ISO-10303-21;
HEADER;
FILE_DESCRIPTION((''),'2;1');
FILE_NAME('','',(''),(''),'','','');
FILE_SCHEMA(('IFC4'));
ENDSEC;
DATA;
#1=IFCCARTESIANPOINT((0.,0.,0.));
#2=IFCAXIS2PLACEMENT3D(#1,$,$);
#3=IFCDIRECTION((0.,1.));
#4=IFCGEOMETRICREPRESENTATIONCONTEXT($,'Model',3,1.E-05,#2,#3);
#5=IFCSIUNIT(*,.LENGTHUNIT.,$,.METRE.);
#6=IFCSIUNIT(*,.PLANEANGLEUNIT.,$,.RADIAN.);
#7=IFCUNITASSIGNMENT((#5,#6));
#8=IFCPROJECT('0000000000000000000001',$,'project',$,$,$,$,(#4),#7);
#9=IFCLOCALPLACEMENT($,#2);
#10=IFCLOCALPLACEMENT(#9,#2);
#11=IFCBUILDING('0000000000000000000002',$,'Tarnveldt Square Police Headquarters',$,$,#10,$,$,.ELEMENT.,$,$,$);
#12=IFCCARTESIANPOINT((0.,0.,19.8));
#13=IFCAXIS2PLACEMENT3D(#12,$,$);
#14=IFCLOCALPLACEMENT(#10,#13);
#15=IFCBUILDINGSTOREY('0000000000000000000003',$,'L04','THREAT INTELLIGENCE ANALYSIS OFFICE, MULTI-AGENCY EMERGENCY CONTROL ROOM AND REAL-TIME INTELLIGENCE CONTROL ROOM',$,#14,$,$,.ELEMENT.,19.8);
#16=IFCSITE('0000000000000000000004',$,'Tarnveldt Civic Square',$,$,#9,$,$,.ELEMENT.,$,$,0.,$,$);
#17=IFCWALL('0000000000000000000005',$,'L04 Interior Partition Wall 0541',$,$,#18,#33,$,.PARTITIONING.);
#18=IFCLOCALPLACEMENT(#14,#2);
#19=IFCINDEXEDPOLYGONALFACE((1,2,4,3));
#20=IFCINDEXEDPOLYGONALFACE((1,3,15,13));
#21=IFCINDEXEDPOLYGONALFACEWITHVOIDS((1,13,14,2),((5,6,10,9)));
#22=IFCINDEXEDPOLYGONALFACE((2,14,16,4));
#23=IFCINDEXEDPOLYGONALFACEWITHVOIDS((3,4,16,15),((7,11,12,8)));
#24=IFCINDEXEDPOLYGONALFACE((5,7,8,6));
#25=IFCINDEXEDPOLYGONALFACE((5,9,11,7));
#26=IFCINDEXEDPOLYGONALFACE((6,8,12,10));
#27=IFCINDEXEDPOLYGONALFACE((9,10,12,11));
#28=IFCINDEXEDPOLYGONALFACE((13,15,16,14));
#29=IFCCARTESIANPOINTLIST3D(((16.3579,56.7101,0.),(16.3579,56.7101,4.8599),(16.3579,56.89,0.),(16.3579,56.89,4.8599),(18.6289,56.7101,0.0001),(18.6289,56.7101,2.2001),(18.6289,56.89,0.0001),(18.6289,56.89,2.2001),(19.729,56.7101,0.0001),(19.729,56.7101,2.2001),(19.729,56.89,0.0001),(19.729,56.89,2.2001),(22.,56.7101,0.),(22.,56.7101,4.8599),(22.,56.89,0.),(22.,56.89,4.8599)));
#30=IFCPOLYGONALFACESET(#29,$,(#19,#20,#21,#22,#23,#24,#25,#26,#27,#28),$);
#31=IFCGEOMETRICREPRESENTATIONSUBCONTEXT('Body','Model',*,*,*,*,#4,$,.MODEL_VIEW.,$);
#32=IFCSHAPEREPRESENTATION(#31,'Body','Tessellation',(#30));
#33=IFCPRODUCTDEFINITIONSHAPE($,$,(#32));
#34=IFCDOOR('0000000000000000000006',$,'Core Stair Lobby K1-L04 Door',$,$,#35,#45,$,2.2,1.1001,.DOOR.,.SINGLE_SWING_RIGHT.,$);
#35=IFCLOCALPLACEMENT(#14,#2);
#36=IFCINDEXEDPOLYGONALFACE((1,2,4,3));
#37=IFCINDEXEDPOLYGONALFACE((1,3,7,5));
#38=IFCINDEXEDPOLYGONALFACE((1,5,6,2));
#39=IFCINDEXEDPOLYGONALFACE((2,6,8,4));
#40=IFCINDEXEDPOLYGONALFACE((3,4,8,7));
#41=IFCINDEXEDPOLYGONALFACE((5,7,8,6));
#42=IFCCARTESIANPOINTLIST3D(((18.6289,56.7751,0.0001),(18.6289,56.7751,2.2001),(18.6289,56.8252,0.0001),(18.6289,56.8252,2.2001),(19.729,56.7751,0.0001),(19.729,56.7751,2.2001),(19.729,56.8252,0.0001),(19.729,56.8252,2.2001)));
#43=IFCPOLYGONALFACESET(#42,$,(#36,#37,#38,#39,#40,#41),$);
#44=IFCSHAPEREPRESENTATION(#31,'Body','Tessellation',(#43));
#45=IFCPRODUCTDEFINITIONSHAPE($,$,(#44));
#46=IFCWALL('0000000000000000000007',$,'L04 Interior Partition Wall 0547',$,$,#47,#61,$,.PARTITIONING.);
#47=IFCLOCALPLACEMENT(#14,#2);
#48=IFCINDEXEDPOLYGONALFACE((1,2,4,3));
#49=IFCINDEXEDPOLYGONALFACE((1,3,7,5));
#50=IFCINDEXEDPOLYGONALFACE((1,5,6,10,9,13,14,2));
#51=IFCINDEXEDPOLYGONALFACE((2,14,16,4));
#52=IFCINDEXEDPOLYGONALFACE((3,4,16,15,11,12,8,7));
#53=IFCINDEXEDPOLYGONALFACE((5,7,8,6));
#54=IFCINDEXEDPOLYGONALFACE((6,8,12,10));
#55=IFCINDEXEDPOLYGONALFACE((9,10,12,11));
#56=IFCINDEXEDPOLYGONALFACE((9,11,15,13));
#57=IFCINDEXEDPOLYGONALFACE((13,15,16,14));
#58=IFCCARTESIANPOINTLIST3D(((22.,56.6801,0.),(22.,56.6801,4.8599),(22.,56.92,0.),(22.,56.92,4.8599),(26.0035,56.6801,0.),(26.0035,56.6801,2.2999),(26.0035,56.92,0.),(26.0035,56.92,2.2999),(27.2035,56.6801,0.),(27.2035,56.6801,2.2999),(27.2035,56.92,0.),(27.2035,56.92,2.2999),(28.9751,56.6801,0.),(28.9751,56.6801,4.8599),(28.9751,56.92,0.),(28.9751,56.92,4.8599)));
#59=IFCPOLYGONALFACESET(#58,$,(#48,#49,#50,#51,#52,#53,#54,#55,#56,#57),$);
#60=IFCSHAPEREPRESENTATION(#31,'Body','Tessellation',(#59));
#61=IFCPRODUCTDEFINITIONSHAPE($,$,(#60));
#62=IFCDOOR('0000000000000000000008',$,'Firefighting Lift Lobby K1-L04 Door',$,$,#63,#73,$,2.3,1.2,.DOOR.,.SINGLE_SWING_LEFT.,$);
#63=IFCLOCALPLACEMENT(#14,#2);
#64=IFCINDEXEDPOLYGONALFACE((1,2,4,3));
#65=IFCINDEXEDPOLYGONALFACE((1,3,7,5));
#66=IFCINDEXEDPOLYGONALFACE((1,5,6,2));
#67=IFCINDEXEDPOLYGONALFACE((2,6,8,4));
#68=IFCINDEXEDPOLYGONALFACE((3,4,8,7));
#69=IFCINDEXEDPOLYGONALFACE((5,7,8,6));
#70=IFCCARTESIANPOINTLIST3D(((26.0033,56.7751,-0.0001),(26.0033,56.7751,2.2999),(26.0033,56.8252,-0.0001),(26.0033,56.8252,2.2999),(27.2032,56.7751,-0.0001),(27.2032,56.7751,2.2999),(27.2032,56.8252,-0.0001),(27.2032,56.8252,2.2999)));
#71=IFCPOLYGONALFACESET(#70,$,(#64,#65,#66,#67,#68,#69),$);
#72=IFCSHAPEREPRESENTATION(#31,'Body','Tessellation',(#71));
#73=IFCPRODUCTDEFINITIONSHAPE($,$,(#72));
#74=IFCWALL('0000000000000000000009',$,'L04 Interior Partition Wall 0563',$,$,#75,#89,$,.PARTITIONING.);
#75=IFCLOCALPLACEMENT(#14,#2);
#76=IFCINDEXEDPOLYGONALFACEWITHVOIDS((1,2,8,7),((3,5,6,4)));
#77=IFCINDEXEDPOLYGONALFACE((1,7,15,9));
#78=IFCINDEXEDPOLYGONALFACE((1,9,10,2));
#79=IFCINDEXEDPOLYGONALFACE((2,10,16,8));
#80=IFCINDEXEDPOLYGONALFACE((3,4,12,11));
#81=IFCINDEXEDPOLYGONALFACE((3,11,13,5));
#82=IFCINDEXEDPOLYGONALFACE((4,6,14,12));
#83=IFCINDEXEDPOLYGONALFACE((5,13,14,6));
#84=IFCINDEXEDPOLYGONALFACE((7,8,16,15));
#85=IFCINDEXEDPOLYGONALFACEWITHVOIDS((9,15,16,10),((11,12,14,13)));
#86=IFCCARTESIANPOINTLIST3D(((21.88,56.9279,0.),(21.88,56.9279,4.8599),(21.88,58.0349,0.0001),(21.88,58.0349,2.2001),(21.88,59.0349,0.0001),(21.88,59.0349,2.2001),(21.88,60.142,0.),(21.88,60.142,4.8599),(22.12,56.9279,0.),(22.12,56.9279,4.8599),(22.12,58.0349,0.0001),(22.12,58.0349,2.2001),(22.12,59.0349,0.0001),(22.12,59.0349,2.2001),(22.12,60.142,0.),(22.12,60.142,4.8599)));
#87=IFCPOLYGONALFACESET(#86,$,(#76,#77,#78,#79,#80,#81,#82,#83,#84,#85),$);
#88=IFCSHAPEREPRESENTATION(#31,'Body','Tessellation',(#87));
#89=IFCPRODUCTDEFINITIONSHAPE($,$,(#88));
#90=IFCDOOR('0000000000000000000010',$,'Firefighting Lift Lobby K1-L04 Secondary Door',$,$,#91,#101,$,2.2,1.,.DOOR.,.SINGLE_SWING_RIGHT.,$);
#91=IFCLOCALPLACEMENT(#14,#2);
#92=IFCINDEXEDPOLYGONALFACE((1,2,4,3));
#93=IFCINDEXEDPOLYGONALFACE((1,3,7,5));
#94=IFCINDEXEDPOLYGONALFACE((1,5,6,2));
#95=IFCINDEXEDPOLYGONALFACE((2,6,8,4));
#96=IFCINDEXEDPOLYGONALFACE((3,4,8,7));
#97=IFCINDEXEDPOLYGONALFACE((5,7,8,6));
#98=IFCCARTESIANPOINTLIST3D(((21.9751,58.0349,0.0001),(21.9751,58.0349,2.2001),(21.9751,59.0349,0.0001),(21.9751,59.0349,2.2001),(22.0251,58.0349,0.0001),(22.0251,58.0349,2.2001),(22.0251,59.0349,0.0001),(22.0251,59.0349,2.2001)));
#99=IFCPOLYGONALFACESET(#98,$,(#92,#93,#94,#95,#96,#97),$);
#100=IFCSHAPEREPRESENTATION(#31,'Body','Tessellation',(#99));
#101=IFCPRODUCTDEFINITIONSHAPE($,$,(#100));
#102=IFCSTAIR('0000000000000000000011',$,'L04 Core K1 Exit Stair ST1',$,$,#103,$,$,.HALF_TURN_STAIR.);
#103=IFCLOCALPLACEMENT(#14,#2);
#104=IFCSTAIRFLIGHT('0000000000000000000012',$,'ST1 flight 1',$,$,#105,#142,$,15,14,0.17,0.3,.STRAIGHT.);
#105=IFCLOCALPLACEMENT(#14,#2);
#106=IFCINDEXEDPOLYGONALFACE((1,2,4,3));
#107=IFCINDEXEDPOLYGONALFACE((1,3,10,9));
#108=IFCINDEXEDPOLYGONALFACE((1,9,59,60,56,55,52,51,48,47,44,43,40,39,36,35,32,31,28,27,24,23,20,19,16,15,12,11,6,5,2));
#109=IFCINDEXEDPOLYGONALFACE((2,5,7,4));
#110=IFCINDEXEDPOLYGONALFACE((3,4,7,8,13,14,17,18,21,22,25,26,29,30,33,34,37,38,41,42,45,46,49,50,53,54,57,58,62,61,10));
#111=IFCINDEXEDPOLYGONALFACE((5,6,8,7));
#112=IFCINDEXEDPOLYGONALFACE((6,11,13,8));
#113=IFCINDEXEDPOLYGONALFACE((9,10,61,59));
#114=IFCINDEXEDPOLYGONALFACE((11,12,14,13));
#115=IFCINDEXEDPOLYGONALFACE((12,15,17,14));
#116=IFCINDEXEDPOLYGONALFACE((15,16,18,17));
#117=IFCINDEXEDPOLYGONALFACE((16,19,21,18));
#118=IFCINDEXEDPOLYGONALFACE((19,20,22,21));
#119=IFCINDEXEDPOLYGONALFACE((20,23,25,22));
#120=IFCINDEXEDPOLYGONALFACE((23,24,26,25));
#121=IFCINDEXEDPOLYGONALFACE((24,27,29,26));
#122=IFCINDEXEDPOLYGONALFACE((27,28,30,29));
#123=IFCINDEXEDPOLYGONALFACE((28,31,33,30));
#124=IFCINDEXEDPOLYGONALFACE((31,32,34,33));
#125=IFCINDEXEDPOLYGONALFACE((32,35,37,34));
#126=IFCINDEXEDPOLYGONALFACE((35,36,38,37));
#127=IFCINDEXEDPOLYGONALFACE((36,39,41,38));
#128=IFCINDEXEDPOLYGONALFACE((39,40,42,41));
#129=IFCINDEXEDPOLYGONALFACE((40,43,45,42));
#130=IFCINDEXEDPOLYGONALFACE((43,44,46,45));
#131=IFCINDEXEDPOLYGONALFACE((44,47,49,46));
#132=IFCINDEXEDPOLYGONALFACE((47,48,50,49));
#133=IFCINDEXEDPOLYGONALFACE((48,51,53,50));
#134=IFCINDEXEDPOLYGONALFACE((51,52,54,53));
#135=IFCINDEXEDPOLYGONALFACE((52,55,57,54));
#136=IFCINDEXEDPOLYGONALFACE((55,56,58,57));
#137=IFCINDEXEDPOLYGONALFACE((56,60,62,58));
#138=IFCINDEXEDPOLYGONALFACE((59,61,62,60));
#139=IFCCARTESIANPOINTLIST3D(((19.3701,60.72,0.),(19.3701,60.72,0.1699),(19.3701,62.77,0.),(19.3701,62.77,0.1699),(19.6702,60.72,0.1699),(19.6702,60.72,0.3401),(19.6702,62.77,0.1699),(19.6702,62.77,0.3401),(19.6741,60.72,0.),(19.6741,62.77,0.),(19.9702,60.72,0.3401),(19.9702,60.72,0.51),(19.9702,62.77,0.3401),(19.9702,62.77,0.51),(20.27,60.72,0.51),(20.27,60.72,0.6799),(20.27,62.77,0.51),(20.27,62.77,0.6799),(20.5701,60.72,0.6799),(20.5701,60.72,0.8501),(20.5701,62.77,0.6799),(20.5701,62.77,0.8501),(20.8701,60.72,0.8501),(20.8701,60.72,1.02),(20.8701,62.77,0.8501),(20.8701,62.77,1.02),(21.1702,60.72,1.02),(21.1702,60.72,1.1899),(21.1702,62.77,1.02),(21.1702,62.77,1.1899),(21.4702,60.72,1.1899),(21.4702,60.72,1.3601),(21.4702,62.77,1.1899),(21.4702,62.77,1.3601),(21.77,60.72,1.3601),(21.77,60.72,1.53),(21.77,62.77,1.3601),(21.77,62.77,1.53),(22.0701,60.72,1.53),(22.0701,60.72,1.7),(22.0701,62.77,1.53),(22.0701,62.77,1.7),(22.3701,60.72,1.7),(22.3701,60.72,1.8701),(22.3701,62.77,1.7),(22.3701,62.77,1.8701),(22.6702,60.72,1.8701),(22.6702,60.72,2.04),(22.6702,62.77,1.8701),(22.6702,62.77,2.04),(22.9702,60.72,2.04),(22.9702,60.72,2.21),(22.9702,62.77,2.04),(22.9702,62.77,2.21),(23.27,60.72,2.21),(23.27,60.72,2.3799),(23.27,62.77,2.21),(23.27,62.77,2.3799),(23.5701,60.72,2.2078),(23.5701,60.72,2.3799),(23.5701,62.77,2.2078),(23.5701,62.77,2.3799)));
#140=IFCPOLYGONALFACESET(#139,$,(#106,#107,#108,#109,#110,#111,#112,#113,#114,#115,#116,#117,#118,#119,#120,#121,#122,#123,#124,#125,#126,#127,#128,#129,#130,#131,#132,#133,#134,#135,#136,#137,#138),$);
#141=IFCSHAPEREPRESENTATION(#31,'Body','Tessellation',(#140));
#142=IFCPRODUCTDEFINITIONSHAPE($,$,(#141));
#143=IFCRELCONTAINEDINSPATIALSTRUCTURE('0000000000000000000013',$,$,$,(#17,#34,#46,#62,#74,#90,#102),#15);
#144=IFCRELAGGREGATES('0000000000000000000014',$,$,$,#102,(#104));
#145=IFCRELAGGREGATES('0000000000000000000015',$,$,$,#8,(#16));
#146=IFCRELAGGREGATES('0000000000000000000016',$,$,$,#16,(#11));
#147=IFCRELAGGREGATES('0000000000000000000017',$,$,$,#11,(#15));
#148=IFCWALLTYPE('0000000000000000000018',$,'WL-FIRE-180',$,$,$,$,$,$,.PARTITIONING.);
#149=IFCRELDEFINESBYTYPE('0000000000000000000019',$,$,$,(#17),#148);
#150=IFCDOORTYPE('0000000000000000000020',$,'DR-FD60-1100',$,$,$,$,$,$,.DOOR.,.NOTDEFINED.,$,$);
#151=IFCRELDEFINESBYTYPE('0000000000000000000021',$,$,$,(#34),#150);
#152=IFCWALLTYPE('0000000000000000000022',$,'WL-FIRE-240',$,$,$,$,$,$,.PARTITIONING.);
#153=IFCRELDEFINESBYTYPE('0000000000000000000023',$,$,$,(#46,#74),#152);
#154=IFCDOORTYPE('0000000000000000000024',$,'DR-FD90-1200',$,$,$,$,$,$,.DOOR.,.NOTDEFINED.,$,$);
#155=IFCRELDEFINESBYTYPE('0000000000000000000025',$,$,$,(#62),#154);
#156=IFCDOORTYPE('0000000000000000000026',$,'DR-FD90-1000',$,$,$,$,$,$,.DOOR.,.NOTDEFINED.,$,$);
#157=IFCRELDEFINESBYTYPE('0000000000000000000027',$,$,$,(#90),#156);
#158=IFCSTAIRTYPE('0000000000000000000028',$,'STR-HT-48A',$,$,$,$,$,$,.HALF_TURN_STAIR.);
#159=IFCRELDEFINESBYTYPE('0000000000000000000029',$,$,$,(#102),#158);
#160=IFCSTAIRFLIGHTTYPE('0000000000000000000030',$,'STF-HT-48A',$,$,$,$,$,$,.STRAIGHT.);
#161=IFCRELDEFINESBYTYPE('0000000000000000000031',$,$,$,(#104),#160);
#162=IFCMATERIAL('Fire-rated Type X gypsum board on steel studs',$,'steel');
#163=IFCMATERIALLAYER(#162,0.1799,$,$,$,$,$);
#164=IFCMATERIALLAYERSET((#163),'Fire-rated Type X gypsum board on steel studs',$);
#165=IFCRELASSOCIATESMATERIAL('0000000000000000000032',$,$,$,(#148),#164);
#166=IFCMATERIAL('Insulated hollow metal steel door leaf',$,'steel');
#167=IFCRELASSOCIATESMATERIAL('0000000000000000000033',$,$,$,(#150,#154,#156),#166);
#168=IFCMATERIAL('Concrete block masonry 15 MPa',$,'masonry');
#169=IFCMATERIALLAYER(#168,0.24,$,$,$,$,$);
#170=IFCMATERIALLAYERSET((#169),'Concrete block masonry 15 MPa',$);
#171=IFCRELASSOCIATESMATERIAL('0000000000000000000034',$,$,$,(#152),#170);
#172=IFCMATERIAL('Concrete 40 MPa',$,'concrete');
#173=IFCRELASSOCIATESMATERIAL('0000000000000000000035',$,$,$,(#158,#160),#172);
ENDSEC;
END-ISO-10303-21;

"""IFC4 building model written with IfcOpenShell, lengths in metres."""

from ifc_helpers import new_model, si_unit, direction, frame, frame_2d, origin, place, context, subcontext, project, spatial, polyline, rectangle, outline, extrude, material, layer, layer_set, type_object, element, fill, aggregate, save


model = new_model("IFC4")

# Units and contexts
model_context = context("Model", 3, precision=1e-05, world=origin(), true_north=direction((0.0, 1.0)))
body_context = subcontext(model_context, "Body", "Model", "MODEL_VIEW")
ifc_project = project(units=[si_unit("LENGTHUNIT", "METRE"), si_unit("PLANEANGLEUNIT", "RADIAN")], contexts=[model_context])

# Site, building, storey
site_placement = place(None, origin())
site = spatial("IfcSite", under=ifc_project, at=site_placement, Name="Tarnveldt Civic Square", CompositionType="ELEMENT", RefElevation=0.0)
building_placement = place(site_placement, origin())
building = spatial("IfcBuilding", under=site, at=building_placement, Name="Tarnveldt Square Police Headquarters", CompositionType="ELEMENT")
storey_placement = place(building_placement, frame((0.0, 0.0, 19.8)))
storey = spatial("IfcBuildingStorey", under=building, at=storey_placement, Name="L04", Description="THREAT INTELLIGENCE ANALYSIS OFFICE, MULTI-AGENCY EMERGENCY CONTROL ROOM AND REAL-TIME INTELLIGENCE CONTROL ROOM", CompositionType="ELEMENT", Elevation=19.8)

# Shared definitions
ifc_material_1 = material(Name="Concrete 40 MPa", Category="concrete")

# Shared definitions
ifc_material_2 = material(Name="Insulated hollow metal steel door leaf", Category="steel")

# Walls, openings, doors
ifc_material_3 = material(Name="Fire-rated Type X gypsum board on steel studs", Category="steel")
ifc_layer_1 = layer(ifc_material_3, 0.1799)
ifc_layer_set_1 = layer_set([ifc_layer_1], Name="Fire-rated Type X gypsum board on steel studs")
wall_type_1 = type_object("IfcWallType", Name="WL-FIRE-180", PredefinedType="PARTITIONING", material=ifc_layer_set_1)
wall_1_placement = place(storey_placement, frame((16.3579, 56.8, 0.0), z_axis=(0.0, 0.0, 1.0), x_axis=(1.0, 0.0, 0.0)))
wall_1 = element("IfcWall", 1, at=wall_1_placement, inside=storey, type_object=wall_type_1, Name="L04 Interior Partition Wall 0541", PredefinedType="PARTITIONING", context=body_context, shape_type="SweptSolid", body=[
    extrude(rectangle(XDim=5.6421, YDim=0.1799, at=frame_2d((2.821, 0.0))), origin(), (0.0, 0.0, 1.0), 4.8599),
])
opening_1_placement = place(wall_1_placement, frame((2.271, 0.0, 0.0)))
opening_1 = element("IfcOpeningElement", 2, at=opening_1_placement, cuts=wall_1, PredefinedType="OPENING", context=body_context, shape_type="SweptSolid", body=[
    extrude(rectangle(XDim=1.1001, YDim=2.2, at=frame_2d((0.55, 1.1001))), frame((0.0, 0.0999, 0.0), z_axis=(0.0, -1.0, 0.0), x_axis=(1.0, 0.0, 0.0)), (0.0, 0.0, 1.0), 0.2),
])
door_type_1 = type_object("IfcDoorType", Name="DR-FD60-1100", OperationType="NOTDEFINED", PredefinedType="DOOR", material=ifc_material_2)
door_1_placement = place(opening_1_placement, frame((1.1001, 0.0, 0.0), z_axis=(0.0, 0.0, 1.0), x_axis=(-1.0, 0.0, 0.0)))
door_1 = element("IfcDoor", 3, at=door_1_placement, inside=storey, type_object=door_type_1, Name="Core Stair Lobby K1-L04 Door", OperationType="SINGLE_SWING_RIGHT", OverallHeight=2.2, OverallWidth=1.1001, PredefinedType="DOOR", context=body_context, shape_type="SweptSolid", body=[
    extrude(rectangle(XDim=1.1001, YDim=2.2, at=frame_2d((0.55, 1.1001))), frame((0.0, 0.0249, 0.0), z_axis=(0.0, -1.0, 0.0), x_axis=(1.0, 0.0, 0.0)), (0.0, 0.0, 1.0), 0.05),
])
fill(opening_1, door_1)
ifc_material_4 = material(Name="Concrete block masonry 15 MPa", Category="masonry")
ifc_layer_2 = layer(ifc_material_4, 0.24)
ifc_layer_set_2 = layer_set([ifc_layer_2], Name="Concrete block masonry 15 MPa")
wall_type_2 = type_object("IfcWallType", Name="WL-FIRE-240", PredefinedType="PARTITIONING", material=ifc_layer_set_2)
wall_2_placement = place(storey_placement, frame((22.0, 56.8, 0.0), z_axis=(0.0, 0.0, 1.0), x_axis=(1.0, 0.0, 0.0)))
wall_2 = element("IfcWall", 4, at=wall_2_placement, inside=storey, type_object=wall_type_2, Name="L04 Interior Partition Wall 0547", PredefinedType="PARTITIONING", context=body_context, shape_type="SweptSolid", body=[
    extrude(rectangle(XDim=6.9751, YDim=0.24, at=frame_2d((3.4875, 0.0))), origin(), (0.0, 0.0, 1.0), 4.8599),
])
opening_2_placement = place(wall_2_placement, frame((4.0034, 0.0, 0.0)))
opening_2 = element("IfcOpeningElement", 5, at=opening_2_placement, cuts=wall_2, PredefinedType="OPENING", context=body_context, shape_type="SweptSolid", body=[
    extrude(rectangle(XDim=1.2, YDim=2.3, at=frame_2d((0.6001, 1.1499))), frame((0.0, 0.1299, 0.0), z_axis=(0.0, -1.0, 0.0), x_axis=(1.0, 0.0, 0.0)), (0.0, 0.0, 1.0), 0.26),
])
door_type_2 = type_object("IfcDoorType", Name="DR-FD90-1200", OperationType="NOTDEFINED", PredefinedType="DOOR", material=ifc_material_2)
door_2_placement = place(opening_2_placement, frame((1.2, 0.0, 0.0), z_axis=(0.0, 0.0, 1.0), x_axis=(-1.0, 0.0, 0.0)))
door_2 = element("IfcDoor", 6, at=door_2_placement, inside=storey, type_object=door_type_2, Name="Firefighting Lift Lobby K1-L04 Door", OperationType="SINGLE_SWING_LEFT", OverallHeight=2.3, OverallWidth=1.2, PredefinedType="DOOR", context=body_context, shape_type="SweptSolid", body=[
    extrude(rectangle(XDim=1.2, YDim=2.3, at=frame_2d((0.6001, 1.1499))), frame((0.0, 0.0249, 0.0), z_axis=(0.0, -1.0, 0.0), x_axis=(1.0, 0.0, 0.0)), (0.0, 0.0, 1.0), 0.05),
])
fill(opening_2, door_2)
wall_3_placement = place(storey_placement, frame((22.0, 56.928, 0.0), z_axis=(0.0, 0.0, 1.0), x_axis=(0.0, 1.0, 0.0)))
wall_3 = element("IfcWall", 7, at=wall_3_placement, inside=storey, type_object=wall_type_2, Name="L04 Interior Partition Wall 0563", PredefinedType="PARTITIONING", context=body_context, shape_type="SweptSolid", body=[
    extrude(rectangle(XDim=3.2141, YDim=0.24, at=frame_2d((1.6069, 0.0))), origin(), (0.0, 0.0, 1.0), 4.8599),
])
opening_3_placement = place(wall_3_placement, frame((1.1069, 0.0, 0.0)))
opening_3 = element("IfcOpeningElement", 8, at=opening_3_placement, cuts=wall_3, PredefinedType="OPENING", context=body_context, shape_type="SweptSolid", body=[
    extrude(rectangle(XDim=1.0, YDim=2.2, at=frame_2d((0.5, 1.1001))), frame((0.0, 0.1299, 0.0), z_axis=(0.0, -1.0, 0.0), x_axis=(1.0, 0.0, 0.0)), (0.0, 0.0, 1.0), 0.26),
])
door_type_3 = type_object("IfcDoorType", Name="DR-FD90-1000", OperationType="NOTDEFINED", PredefinedType="DOOR", material=ifc_material_2)
door_3_placement = place(opening_3_placement, origin())
door_3 = element("IfcDoor", 9, at=door_3_placement, inside=storey, type_object=door_type_3, Name="Firefighting Lift Lobby K1-L04 Secondary Door", OperationType="SINGLE_SWING_RIGHT", OverallHeight=2.2, OverallWidth=1.0, PredefinedType="DOOR", context=body_context, shape_type="SweptSolid", body=[
    extrude(rectangle(XDim=1.0, YDim=2.2, at=frame_2d((0.5, 1.1001))), frame((0.0, 0.0249, 0.0), z_axis=(0.0, -1.0, 0.0), x_axis=(1.0, 0.0, 0.0)), (0.0, 0.0, 1.0), 0.05),
])
fill(opening_3, door_3)

# Stair, stair flight
stair_type = type_object("IfcStairType", Name="STR-HT-48A", PredefinedType="HALF_TURN_STAIR", material=ifc_material_1)
stair_placement = place(storey_placement, origin())
stair = element("IfcStair", 10, at=stair_placement, inside=storey, type_object=stair_type, Name="L04 Core K1 Exit Stair ST1", PredefinedType="HALF_TURN_STAIR")
stair_flight_type = type_object("IfcStairFlightType", Name="STF-HT-48A", PredefinedType="STRAIGHT", material=ifc_material_1)
stair_flight_1_placement = place(storey_placement, frame((19.3701, 61.7451, 0.0), z_axis=(0.0, 0.0, 1.0), x_axis=(1.0, 0.0, 0.0)))
stair_flight_1 = element("IfcStairFlight", 11, at=stair_flight_1_placement, type_object=stair_flight_type, Name="ST1 flight 1", NumberOfRisers=15, NumberOfTreads=14, PredefinedType="STRAIGHT", RiserHeight=0.17, TreadLength=0.3, context=body_context, shape_type="SweptSolid", body=[
    extrude(outline(polyline([(0.0, 0.0), (0.0, 0.1699), (0.3, 0.1699), (0.3, 0.3401), (0.6001, 0.3401), (0.6001, 0.51), (0.8999, 0.51), (0.8999, 0.6799), (1.2, 0.6799), (1.2, 0.8501), (1.5, 0.8501), (1.5, 1.02), (1.8, 1.02), (1.8, 1.1899), (2.1001, 1.1899), (2.1001, 1.3601), (2.3999, 1.3601), (2.3999, 1.53), (2.7, 1.53), (2.7, 1.7), (3.0, 1.7), (3.0, 1.8701), (3.3, 1.8701), (3.3, 2.04), (3.6001, 2.04), (3.6001, 2.21), (3.8999, 2.21), (3.8999, 2.3799), (4.2, 2.3799), (4.2, 2.55), (4.2, 2.2078), (0.304, 0.0), (0.0, 0.0)])), frame((0.0, 1.0249, 0.0), z_axis=(0.0, -1.0, 0.0), x_axis=(1.0, 0.0, 0.0)), (0.0, 0.0, 1.0), 2.05),
])
aggregate(stair, [stair_flight_1])

save(model, "model.ifc")
